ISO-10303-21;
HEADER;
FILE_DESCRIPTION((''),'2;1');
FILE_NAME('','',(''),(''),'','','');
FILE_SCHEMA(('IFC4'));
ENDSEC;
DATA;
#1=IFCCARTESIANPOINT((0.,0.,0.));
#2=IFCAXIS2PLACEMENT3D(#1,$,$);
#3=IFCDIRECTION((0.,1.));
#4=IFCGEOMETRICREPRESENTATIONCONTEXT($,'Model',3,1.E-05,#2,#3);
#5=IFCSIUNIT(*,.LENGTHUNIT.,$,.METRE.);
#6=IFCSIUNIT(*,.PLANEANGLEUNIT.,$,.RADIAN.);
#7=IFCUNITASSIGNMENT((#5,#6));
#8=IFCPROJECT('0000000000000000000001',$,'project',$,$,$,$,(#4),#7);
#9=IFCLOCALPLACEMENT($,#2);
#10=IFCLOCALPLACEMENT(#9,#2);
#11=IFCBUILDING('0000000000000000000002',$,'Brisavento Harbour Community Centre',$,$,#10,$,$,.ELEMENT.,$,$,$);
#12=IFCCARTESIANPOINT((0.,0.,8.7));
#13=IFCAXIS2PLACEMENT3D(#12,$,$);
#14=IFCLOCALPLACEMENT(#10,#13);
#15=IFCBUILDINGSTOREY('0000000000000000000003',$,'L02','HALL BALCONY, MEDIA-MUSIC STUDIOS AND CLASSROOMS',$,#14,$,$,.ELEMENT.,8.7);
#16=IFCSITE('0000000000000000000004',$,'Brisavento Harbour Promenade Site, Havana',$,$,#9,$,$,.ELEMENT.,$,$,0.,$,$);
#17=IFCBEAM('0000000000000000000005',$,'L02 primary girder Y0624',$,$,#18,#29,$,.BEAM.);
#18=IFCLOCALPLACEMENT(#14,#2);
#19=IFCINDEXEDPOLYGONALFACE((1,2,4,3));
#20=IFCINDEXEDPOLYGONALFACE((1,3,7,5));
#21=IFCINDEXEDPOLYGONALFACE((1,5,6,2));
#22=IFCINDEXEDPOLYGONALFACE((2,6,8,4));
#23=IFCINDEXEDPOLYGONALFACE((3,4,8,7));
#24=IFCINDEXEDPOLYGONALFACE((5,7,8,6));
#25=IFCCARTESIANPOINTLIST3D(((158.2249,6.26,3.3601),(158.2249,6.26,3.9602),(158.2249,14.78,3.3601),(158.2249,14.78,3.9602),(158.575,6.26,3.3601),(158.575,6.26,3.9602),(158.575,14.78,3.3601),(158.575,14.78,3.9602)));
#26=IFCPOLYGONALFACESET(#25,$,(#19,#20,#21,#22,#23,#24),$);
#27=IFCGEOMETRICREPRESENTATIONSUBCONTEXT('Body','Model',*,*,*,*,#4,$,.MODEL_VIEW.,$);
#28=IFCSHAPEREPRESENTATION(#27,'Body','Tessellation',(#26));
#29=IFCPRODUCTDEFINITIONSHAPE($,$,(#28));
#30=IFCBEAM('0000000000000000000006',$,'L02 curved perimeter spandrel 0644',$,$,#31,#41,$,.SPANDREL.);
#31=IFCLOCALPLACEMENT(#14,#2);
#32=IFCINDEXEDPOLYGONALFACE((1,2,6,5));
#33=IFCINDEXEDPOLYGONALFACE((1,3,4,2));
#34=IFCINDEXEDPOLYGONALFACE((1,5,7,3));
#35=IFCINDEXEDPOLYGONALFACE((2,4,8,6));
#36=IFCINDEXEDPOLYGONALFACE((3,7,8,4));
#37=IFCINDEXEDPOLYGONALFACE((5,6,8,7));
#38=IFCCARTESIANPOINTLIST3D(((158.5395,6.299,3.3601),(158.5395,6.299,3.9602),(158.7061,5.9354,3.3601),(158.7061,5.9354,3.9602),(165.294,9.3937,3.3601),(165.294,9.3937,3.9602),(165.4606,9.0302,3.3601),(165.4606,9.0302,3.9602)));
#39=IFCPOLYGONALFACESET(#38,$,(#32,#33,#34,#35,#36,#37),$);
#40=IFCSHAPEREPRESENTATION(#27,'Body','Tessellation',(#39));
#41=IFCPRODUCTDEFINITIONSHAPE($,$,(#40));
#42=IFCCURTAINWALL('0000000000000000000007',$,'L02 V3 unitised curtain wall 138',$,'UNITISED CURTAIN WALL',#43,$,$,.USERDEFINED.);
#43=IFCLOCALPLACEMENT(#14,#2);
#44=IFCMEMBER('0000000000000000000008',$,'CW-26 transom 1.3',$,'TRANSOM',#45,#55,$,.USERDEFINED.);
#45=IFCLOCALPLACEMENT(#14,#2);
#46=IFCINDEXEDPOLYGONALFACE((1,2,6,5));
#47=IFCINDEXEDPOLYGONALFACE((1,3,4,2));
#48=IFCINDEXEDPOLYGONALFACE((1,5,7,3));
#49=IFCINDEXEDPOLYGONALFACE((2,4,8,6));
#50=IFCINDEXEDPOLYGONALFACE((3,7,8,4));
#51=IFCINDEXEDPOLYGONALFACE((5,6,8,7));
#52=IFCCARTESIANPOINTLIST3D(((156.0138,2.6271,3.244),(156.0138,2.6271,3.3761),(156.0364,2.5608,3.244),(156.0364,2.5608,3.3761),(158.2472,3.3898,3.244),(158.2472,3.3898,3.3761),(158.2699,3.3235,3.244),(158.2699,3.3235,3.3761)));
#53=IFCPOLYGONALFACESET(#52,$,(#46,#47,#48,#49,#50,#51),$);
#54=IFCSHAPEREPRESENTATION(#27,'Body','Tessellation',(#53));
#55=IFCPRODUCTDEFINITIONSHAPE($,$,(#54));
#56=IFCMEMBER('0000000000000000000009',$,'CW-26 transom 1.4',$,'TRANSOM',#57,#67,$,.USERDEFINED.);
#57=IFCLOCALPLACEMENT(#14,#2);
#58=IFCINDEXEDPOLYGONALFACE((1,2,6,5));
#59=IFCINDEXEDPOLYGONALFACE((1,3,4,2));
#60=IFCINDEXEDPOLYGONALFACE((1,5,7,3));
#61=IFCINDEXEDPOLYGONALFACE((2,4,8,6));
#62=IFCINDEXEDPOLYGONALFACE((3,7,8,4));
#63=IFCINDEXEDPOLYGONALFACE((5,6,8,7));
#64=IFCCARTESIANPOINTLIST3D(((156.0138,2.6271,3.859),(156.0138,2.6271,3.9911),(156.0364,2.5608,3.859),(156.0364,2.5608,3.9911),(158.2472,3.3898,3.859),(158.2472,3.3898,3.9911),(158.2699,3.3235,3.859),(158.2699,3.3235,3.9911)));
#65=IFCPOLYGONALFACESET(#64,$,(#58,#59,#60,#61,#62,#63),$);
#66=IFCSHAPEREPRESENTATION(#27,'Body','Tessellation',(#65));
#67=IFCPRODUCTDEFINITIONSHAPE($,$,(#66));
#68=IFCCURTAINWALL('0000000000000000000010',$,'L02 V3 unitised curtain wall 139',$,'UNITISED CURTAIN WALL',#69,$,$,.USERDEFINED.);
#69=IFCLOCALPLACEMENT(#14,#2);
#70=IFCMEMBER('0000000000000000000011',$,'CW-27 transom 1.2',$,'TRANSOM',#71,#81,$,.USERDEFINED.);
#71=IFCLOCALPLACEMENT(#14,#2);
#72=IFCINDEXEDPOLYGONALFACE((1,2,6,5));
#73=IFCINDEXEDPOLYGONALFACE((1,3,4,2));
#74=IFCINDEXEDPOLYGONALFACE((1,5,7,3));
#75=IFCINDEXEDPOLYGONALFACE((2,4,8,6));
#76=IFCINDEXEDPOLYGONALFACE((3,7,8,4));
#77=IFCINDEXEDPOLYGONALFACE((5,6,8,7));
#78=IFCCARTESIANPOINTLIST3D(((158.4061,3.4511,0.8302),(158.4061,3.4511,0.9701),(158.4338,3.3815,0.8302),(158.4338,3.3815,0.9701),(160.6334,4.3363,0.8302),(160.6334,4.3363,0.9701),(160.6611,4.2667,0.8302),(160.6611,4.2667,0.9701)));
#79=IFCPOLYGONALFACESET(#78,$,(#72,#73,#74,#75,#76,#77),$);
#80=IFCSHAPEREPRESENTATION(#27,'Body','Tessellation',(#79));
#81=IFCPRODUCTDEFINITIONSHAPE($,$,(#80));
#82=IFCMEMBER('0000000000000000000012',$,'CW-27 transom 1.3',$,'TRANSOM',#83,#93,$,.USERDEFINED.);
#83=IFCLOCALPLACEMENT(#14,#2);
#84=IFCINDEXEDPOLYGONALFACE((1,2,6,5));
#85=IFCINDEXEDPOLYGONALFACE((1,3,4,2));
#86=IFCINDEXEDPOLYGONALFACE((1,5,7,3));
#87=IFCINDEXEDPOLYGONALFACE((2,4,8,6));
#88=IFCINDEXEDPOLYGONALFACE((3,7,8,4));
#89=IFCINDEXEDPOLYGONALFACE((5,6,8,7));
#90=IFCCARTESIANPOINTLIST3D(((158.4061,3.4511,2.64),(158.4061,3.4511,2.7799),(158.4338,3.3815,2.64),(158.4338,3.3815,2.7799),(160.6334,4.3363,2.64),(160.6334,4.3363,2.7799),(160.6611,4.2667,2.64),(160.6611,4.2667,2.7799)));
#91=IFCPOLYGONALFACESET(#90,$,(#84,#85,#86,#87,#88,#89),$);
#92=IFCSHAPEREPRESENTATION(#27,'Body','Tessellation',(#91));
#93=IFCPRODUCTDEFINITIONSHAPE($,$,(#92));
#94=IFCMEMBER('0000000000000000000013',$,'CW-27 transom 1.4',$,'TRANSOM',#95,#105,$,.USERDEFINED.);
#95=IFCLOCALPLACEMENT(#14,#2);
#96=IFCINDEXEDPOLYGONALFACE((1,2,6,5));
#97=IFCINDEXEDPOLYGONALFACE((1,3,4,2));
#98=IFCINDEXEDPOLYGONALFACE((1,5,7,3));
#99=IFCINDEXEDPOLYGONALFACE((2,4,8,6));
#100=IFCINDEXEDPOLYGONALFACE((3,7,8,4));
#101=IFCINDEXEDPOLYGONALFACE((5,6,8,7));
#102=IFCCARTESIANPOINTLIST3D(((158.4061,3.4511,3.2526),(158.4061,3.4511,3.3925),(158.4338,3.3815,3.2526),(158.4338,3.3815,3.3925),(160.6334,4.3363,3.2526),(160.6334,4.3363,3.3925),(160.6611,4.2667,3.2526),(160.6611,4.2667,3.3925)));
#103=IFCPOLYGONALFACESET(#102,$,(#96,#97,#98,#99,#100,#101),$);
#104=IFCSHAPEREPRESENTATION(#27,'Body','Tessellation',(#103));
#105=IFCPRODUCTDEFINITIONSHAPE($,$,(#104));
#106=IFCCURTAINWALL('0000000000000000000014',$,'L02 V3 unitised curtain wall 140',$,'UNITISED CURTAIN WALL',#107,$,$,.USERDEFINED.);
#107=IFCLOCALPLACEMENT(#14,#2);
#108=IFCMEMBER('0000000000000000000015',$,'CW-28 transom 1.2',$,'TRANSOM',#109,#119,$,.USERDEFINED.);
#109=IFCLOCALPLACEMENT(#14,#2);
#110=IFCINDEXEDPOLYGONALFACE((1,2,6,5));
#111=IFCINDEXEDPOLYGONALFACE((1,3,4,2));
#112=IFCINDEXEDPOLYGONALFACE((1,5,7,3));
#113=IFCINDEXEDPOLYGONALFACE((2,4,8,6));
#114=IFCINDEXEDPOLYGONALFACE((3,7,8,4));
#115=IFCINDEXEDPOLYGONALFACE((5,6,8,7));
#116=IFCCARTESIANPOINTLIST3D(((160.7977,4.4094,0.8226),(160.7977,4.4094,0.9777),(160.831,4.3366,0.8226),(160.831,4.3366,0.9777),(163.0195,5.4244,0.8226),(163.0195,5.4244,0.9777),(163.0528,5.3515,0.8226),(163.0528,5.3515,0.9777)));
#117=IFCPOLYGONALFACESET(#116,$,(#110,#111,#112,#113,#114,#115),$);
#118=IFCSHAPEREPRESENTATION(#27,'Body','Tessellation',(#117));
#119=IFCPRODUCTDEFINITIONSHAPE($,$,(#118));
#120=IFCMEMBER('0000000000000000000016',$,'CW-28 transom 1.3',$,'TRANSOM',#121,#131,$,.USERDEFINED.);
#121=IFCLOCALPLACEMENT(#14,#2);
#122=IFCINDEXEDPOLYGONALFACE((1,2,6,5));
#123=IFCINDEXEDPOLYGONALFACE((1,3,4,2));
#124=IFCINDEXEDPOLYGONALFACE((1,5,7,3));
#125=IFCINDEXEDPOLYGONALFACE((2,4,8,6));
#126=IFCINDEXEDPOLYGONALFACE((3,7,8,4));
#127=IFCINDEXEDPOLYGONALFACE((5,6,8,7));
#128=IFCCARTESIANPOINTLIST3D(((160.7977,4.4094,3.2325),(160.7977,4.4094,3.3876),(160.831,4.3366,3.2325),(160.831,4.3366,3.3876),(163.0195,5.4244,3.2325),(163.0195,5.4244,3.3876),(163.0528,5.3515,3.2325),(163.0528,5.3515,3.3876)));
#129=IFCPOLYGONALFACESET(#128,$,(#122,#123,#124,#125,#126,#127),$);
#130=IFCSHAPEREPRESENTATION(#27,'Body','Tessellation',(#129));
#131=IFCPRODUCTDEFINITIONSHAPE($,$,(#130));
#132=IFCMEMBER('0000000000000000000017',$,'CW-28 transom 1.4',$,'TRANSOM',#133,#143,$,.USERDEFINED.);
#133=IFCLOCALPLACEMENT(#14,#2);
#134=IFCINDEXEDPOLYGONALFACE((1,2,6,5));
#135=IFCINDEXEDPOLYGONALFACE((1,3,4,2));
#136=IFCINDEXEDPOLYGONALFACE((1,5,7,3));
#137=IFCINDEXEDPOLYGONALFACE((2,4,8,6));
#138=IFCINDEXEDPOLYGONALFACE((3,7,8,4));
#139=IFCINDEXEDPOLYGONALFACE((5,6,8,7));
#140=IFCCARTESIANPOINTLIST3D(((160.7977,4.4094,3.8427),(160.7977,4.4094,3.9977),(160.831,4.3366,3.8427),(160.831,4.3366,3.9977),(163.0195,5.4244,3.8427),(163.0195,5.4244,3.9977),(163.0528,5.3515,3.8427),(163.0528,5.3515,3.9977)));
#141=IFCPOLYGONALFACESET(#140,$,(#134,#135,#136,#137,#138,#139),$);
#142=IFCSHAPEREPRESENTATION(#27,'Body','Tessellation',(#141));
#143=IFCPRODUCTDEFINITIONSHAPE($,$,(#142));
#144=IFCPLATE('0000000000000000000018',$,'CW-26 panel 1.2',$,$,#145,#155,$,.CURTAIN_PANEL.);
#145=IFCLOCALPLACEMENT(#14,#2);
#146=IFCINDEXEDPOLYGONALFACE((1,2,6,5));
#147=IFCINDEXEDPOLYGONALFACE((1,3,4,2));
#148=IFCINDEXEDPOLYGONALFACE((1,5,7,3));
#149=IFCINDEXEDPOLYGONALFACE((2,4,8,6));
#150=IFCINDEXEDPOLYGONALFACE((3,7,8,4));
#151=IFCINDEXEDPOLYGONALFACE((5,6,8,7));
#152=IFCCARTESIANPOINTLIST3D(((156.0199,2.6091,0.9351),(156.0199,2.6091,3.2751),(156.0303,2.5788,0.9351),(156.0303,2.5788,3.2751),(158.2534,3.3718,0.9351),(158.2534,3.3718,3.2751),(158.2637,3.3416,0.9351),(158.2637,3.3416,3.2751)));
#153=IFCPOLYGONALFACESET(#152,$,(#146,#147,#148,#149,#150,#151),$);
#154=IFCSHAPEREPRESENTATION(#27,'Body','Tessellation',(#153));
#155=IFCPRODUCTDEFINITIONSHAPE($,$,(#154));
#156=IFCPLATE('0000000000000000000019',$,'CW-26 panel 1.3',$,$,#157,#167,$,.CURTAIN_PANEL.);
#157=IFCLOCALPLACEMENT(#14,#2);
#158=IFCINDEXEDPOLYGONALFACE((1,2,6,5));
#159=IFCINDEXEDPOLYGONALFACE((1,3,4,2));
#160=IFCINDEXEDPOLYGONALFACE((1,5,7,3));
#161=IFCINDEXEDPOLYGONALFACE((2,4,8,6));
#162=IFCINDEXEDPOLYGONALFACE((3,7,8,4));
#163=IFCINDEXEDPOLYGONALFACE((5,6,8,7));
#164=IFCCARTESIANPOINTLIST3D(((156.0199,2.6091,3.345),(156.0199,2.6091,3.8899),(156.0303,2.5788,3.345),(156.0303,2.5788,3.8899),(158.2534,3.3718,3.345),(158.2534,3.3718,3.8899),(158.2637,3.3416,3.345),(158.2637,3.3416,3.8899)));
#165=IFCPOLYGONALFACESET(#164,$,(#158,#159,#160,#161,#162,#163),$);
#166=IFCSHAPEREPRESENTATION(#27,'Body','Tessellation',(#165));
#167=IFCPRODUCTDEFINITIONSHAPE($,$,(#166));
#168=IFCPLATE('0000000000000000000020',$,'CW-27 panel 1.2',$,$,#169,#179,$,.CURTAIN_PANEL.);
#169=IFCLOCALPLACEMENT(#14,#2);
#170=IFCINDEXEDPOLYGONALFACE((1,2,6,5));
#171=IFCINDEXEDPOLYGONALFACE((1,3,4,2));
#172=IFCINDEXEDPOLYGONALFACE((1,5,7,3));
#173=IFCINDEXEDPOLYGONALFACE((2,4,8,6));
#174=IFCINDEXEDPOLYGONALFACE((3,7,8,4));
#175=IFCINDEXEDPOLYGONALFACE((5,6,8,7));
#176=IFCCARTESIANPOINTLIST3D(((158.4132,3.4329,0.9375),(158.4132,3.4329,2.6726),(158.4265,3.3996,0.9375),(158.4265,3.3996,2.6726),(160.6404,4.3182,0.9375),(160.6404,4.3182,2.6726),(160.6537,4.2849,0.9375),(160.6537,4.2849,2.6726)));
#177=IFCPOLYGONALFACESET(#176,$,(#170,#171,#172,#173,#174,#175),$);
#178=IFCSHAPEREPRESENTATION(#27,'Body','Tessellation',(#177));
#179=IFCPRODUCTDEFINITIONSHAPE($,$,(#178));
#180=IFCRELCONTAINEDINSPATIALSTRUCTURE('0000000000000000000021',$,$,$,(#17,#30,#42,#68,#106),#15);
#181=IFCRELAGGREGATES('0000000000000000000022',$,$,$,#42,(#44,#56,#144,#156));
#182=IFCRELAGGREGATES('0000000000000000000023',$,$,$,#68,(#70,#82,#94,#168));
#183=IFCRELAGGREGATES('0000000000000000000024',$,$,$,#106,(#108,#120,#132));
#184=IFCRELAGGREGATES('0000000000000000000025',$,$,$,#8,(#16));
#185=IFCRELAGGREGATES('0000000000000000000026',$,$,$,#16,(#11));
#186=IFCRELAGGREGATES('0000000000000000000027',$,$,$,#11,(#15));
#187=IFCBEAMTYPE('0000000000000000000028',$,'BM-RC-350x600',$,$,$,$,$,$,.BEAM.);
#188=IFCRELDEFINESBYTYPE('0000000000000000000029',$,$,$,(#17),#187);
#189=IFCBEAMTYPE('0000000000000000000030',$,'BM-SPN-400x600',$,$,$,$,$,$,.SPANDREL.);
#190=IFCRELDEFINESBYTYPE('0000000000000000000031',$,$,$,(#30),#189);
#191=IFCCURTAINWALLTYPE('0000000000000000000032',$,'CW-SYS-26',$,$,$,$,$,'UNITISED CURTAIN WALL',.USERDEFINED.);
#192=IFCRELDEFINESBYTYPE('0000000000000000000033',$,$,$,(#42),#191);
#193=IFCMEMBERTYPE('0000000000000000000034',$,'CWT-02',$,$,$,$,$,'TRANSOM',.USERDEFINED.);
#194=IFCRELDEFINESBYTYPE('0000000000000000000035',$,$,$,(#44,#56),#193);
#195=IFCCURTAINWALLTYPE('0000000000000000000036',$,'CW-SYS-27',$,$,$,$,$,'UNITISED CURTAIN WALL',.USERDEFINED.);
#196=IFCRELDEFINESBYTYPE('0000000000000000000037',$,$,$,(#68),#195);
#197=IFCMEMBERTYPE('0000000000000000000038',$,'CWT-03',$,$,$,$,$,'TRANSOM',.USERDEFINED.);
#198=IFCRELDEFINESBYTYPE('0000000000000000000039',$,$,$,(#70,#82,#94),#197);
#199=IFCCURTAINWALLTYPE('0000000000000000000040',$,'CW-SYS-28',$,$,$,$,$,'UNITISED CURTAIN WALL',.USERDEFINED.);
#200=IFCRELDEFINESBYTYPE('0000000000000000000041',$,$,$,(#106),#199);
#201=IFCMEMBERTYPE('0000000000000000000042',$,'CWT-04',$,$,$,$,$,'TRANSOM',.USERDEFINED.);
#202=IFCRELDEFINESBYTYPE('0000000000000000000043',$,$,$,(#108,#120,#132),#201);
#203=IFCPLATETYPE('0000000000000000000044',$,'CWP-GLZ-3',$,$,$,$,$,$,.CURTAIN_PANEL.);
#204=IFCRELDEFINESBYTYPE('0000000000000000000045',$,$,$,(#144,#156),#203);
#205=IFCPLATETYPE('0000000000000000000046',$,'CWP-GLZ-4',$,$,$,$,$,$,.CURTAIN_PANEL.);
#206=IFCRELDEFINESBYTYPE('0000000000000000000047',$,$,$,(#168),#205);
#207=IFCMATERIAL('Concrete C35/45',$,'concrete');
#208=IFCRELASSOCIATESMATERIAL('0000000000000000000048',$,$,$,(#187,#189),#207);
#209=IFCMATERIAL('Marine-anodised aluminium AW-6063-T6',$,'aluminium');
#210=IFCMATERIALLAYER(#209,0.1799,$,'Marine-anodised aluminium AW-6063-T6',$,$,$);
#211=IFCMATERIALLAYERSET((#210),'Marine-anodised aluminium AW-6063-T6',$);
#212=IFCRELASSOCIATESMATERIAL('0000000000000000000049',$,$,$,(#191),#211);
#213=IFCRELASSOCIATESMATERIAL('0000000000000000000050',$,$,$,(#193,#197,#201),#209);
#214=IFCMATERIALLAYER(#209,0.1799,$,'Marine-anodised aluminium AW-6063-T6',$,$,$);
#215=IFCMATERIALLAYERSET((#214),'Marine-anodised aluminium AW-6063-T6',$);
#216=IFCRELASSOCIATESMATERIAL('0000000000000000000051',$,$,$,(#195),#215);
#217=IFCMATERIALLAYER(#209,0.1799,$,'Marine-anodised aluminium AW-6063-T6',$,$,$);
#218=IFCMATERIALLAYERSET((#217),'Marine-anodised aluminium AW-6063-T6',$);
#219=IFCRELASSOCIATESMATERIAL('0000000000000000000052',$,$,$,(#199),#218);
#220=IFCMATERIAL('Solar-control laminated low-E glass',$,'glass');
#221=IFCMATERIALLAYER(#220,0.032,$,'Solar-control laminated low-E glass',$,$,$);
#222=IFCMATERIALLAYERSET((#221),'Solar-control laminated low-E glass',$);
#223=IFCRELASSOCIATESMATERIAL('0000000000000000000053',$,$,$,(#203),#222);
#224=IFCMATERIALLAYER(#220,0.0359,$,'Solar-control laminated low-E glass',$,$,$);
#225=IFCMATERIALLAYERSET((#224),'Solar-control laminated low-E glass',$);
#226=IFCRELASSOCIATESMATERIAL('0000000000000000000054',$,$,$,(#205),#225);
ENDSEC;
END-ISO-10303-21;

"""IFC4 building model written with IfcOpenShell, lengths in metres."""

from ifc_helpers import new_model, si_unit, direction, frame, origin, origin_2d, place, context, subcontext, project, spatial, rectangle, extrude, material, layer, layer_set, material_profile, profile_set, type_object, element, aggregate, save


model = new_model("IFC4")

# Units and contexts
model_context = context("Model", 3, precision=1e-05, world=origin(), true_north=direction((0.0, 1.0)))
body_context = subcontext(model_context, "Body", "Model", "MODEL_VIEW")
ifc_project = project(units=[si_unit("LENGTHUNIT", "METRE"), si_unit("PLANEANGLEUNIT", "RADIAN")], contexts=[model_context])

# Site, building, storey
site_placement = place(None, origin())
site = spatial("IfcSite", under=ifc_project, at=site_placement, Name="Brisavento Harbour Promenade Site, Havana", CompositionType="ELEMENT", RefElevation=0.0)
building_placement = place(site_placement, origin())
building = spatial("IfcBuilding", under=site, at=building_placement, Name="Brisavento Harbour Community Centre", CompositionType="ELEMENT")
storey_placement = place(building_placement, frame((0.0, 0.0, 8.7)))
storey = spatial("IfcBuildingStorey", under=building, at=storey_placement, Name="L02", Description="HALL BALCONY, MEDIA-MUSIC STUDIOS AND CLASSROOMS", CompositionType="ELEMENT", Elevation=8.7)

# Beams
ifc_material_1 = material(Name="Concrete C35/45", Category="concrete")
ifc_material_profile_1 = material_profile(ifc_material_1, rectangle(XDim=0.3501, YDim=0.6001, at=origin_2d()), Name="Concrete C35/45")
ifc_profile_set_1 = profile_set([ifc_material_profile_1], Name="Concrete C35/45")
beam_type_1 = type_object("IfcBeamType", Name="BM-RC-350x600", PredefinedType="BEAM", material=ifc_profile_set_1)
beam_1_placement = place(storey_placement, frame((158.3999, 6.26, 3.6602), z_axis=(0.0, 1.0, 0.0), x_axis=(-1.0, 0.0, 0.0)))
element("IfcBeam", 1, at=beam_1_placement, inside=storey, type_object=beam_type_1, Name="L02 primary girder Y0624", PredefinedType="BEAM", context=body_context, shape_type="SweptSolid", body=[
    extrude(rectangle(XDim=0.3501, YDim=0.6001, at=origin_2d()), origin(), (0.0, 0.0, 1.0), 8.52),
])
ifc_material_profile_2 = material_profile(ifc_material_1, rectangle(XDim=0.3999, YDim=0.6001, at=origin_2d()), Name="Concrete C35/45")
ifc_profile_set_2 = profile_set([ifc_material_profile_2], Name="Concrete C35/45")
beam_type_2 = type_object("IfcBeamType", Name="BM-SPN-400x600", PredefinedType="SPANDREL", material=ifc_profile_set_2)
beam_2_placement = place(storey_placement, frame((158.6228, 6.1172, 3.6602), z_axis=(0.909118, 0.416539, 0.0), x_axis=(-0.416539, 0.909118, 0.0)))
element("IfcBeam", 2, at=beam_2_placement, inside=storey, type_object=beam_type_2, Name="L02 curved perimeter spandrel 0644", PredefinedType="SPANDREL", context=body_context, shape_type="SweptSolid", body=[
    extrude(rectangle(XDim=0.3999, YDim=0.6001, at=origin_2d()), origin(), (0.0, 0.0, 1.0), 7.4297),
])

# Curtain walls, members
ifc_material_2 = material(Name="Marine-anodised aluminium AW-6063-T6", Category="aluminium")
ifc_layer_1 = layer(ifc_material_2, 0.1799, Name="Marine-anodised aluminium AW-6063-T6")
ifc_layer_set_1 = layer_set([ifc_layer_1], Name="Marine-anodised aluminium AW-6063-T6")
curtain_wall_type_1 = type_object("IfcCurtainWallType", Name="CW-SYS-26", ElementType="UNITISED CURTAIN WALL", PredefinedType="USERDEFINED", material=ifc_layer_set_1)
curtain_wall_1_placement = place(storey_placement, origin())
curtain_wall_1 = element("IfcCurtainWall", 3, at=curtain_wall_1_placement, inside=storey, type_object=curtain_wall_type_1, Name="L02 V3 unitised curtain wall 138", ObjectType="UNITISED CURTAIN WALL", PredefinedType="USERDEFINED")
ifc_material_profile_3 = material_profile(ifc_material_2, rectangle(XDim=0.0701, YDim=0.1321, at=origin_2d()), Name="Marine-anodised aluminium AW-6063-T6")
ifc_profile_set_3 = profile_set([ifc_material_profile_3], Name="Marine-anodised aluminium AW-6063-T6")
member_type_1 = type_object("IfcMemberType", Name="CWT-02", ElementType="TRANSOM", PredefinedType="USERDEFINED", material=ifc_profile_set_3)
member_1_placement = place(storey_placement, frame((158.2585, 3.3567, 3.3101), z_axis=(-0.946341, -0.323171, 0.0), x_axis=(0.323171, -0.946341, 0.0)))
member_1 = element("IfcMember", 4, at=member_1_placement, type_object=member_type_1, Name="CW-26 transom 1.3", ObjectType="TRANSOM", PredefinedType="USERDEFINED", context=body_context, shape_type="SweptSolid", body=[
    extrude(rectangle(XDim=0.0701, YDim=0.1321, at=origin_2d()), origin(), (0.0, 0.0, 1.0), 2.3601),
])
member_2_placement = place(storey_placement, frame((158.2585, 3.3567, 3.925), z_axis=(-0.946341, -0.323171, 0.0), x_axis=(0.323171, -0.946341, 0.0)))
member_2 = element("IfcMember", 5, at=member_2_placement, type_object=member_type_1, Name="CW-26 transom 1.4", ObjectType="TRANSOM", PredefinedType="USERDEFINED", context=body_context, shape_type="SweptSolid", body=[
    extrude(rectangle(XDim=0.0701, YDim=0.1321, at=origin_2d()), origin(), (0.0, 0.0, 1.0), 2.3601),
])
ifc_layer_2 = layer(ifc_material_2, 0.1799, Name="Marine-anodised aluminium AW-6063-T6")
ifc_layer_set_2 = layer_set([ifc_layer_2], Name="Marine-anodised aluminium AW-6063-T6")
curtain_wall_type_2 = type_object("IfcCurtainWallType", Name="CW-SYS-27", ElementType="UNITISED CURTAIN WALL", PredefinedType="USERDEFINED", material=ifc_layer_set_2)
curtain_wall_2_placement = place(storey_placement, origin())
curtain_wall_2 = element("IfcCurtainWall", 6, at=curtain_wall_2_placement, inside=storey, type_object=curtain_wall_type_2, Name="L02 V3 unitised curtain wall 139", ObjectType="UNITISED CURTAIN WALL", PredefinedType="USERDEFINED")
ifc_material_profile_4 = material_profile(ifc_material_2, rectangle(XDim=0.075, YDim=0.1399, at=origin_2d()), Name="Marine-anodised aluminium AW-6063-T6")
ifc_profile_set_4 = profile_set([ifc_material_profile_4], Name="Marine-anodised aluminium AW-6063-T6")
member_type_2 = type_object("IfcMemberType", Name="CWT-03", ElementType="TRANSOM", PredefinedType="USERDEFINED", material=ifc_profile_set_4)
member_3_placement = place(storey_placement, frame((160.6472, 4.3015, 0.9001), z_axis=(-0.929289, -0.369353, 0.0), x_axis=(0.369353, -0.929289, 0.0)))
member_3 = element("IfcMember", 7, at=member_3_placement, type_object=member_type_2, Name="CW-27 transom 1.2", ObjectType="TRANSOM", PredefinedType="USERDEFINED", context=body_context, shape_type="SweptSolid", body=[
    extrude(rectangle(XDim=0.075, YDim=0.1399, at=origin_2d()), origin(), (0.0, 0.0, 1.0), 2.3967),
])
member_4_placement = place(storey_placement, frame((160.6472, 4.3015, 2.71), z_axis=(-0.929289, -0.369353, 0.0), x_axis=(0.369353, -0.929289, 0.0)))
member_4 = element("IfcMember", 8, at=member_4_placement, type_object=member_type_2, Name="CW-27 transom 1.3", ObjectType="TRANSOM", PredefinedType="USERDEFINED", context=body_context, shape_type="SweptSolid", body=[
    extrude(rectangle(XDim=0.075, YDim=0.1399, at=origin_2d()), origin(), (0.0, 0.0, 1.0), 2.3967),
])
member_5_placement = place(storey_placement, frame((160.6472, 4.3015, 3.3225), z_axis=(-0.929289, -0.369353, 0.0), x_axis=(0.369353, -0.929289, 0.0)))
member_5 = element("IfcMember", 9, at=member_5_placement, type_object=member_type_2, Name="CW-27 transom 1.4", ObjectType="TRANSOM", PredefinedType="USERDEFINED", context=body_context, shape_type="SweptSolid", body=[
    extrude(rectangle(XDim=0.075, YDim=0.1399, at=origin_2d()), origin(), (0.0, 0.0, 1.0), 2.3967),
])
ifc_layer_3 = layer(ifc_material_2, 0.1799, Name="Marine-anodised aluminium AW-6063-T6")
ifc_layer_set_3 = layer_set([ifc_layer_3], Name="Marine-anodised aluminium AW-6063-T6")
curtain_wall_type_3 = type_object("IfcCurtainWallType", Name="CW-SYS-28", ElementType="UNITISED CURTAIN WALL", PredefinedType="USERDEFINED", material=ifc_layer_set_3)
curtain_wall_3_placement = place(storey_placement, origin())
curtain_wall_3 = element("IfcCurtainWall", 10, at=curtain_wall_3_placement, inside=storey, type_object=curtain_wall_type_3, Name="L02 V3 unitised curtain wall 140", ObjectType="UNITISED CURTAIN WALL", PredefinedType="USERDEFINED")
ifc_material_profile_5 = material_profile(ifc_material_2, rectangle(XDim=0.0801, YDim=0.155, at=origin_2d()), Name="Marine-anodised aluminium AW-6063-T6")
ifc_profile_set_5 = profile_set([ifc_material_profile_5], Name="Marine-anodised aluminium AW-6063-T6")
member_type_3 = type_object("IfcMemberType", Name="CWT-04", ElementType="TRANSOM", PredefinedType="USERDEFINED", material=ifc_profile_set_5)
member_6_placement = place(storey_placement, frame((163.0361, 5.3879, 0.9001), z_axis=(-0.909588, -0.415512, 0.0), x_axis=(0.415512, -0.909588, 0.0)))
member_6 = element("IfcMember", 11, at=member_6_placement, type_object=member_type_3, Name="CW-28 transom 1.2", ObjectType="TRANSOM", PredefinedType="USERDEFINED", context=body_context, shape_type="SweptSolid", body=[
    extrude(rectangle(XDim=0.0801, YDim=0.155, at=origin_2d()), origin(), (0.0, 0.0, 1.0), 2.4426),
])
member_7_placement = place(storey_placement, frame((163.0361, 5.3879, 3.3101), z_axis=(-0.909588, -0.415512, 0.0), x_axis=(0.415512, -0.909588, 0.0)))
member_7 = element("IfcMember", 12, at=member_7_placement, type_object=member_type_3, Name="CW-28 transom 1.3", ObjectType="TRANSOM", PredefinedType="USERDEFINED", context=body_context, shape_type="SweptSolid", body=[
    extrude(rectangle(XDim=0.0801, YDim=0.155, at=origin_2d()), origin(), (0.0, 0.0, 1.0), 2.4426),
])
member_8_placement = place(storey_placement, frame((163.0361, 5.3879, 3.9202), z_axis=(-0.909588, -0.415512, 0.0), x_axis=(0.415512, -0.909588, 0.0)))
member_8 = element("IfcMember", 13, at=member_8_placement, type_object=member_type_3, Name="CW-28 transom 1.4", ObjectType="TRANSOM", PredefinedType="USERDEFINED", context=body_context, shape_type="SweptSolid", body=[
    extrude(rectangle(XDim=0.0801, YDim=0.155, at=origin_2d()), origin(), (0.0, 0.0, 1.0), 2.4426),
])

# Plates
ifc_material_3 = material(Name="Solar-control laminated low-E glass", Category="glass")
ifc_layer_4 = layer(ifc_material_3, 0.032, Name="Solar-control laminated low-E glass")
ifc_layer_set_4 = layer_set([ifc_layer_4], Name="Solar-control laminated low-E glass")
plate_type_1 = type_object("IfcPlateType", Name="CWP-GLZ-3", PredefinedType="CURTAIN_PANEL", material=ifc_layer_set_4)
plate_1_placement = place(storey_placement, frame((157.1418, 2.9753, 0.9351), z_axis=(0.0, 0.0, 1.0), x_axis=(-0.946338, -0.323179, 0.0)))
plate_1 = element("IfcPlate", 14, at=plate_1_placement, type_object=plate_type_1, Name="CW-26 panel 1.2", PredefinedType="CURTAIN_PANEL", context=body_context, shape_type="SweptSolid", body=[
    extrude(rectangle(XDim=2.3601, YDim=0.032, at=origin_2d()), origin(), (0.0, 0.0, 1.0), 2.3401),
])
plate_2_placement = place(storey_placement, frame((157.1418, 2.9753, 3.345), z_axis=(0.0, 0.0, 1.0), x_axis=(-0.946338, -0.323179, 0.0)))
plate_2 = element("IfcPlate", 15, at=plate_2_placement, type_object=plate_type_1, Name="CW-26 panel 1.3", PredefinedType="CURTAIN_PANEL", context=body_context, shape_type="SweptSolid", body=[
    extrude(rectangle(XDim=2.3601, YDim=0.032, at=origin_2d()), origin(), (0.0, 0.0, 1.0), 0.5449),
])
aggregate(curtain_wall_1, [member_1, member_2, plate_1, plate_2])
ifc_layer_5 = layer(ifc_material_3, 0.0359, Name="Solar-control laminated low-E glass")
ifc_layer_set_5 = layer_set([ifc_layer_5], Name="Solar-control laminated low-E glass")
plate_type_2 = type_object("IfcPlateType", Name="CWP-GLZ-4", PredefinedType="CURTAIN_PANEL", material=ifc_layer_set_5)
plate_3_placement = place(storey_placement, frame((159.5334, 3.8589, 0.9375), z_axis=(0.0, 0.0, 1.0), x_axis=(-0.929279, -0.369379, 0.0)))
plate_3 = element("IfcPlate", 16, at=plate_3_placement, type_object=plate_type_2, Name="CW-27 panel 1.2", PredefinedType="CURTAIN_PANEL", context=body_context, shape_type="SweptSolid", body=[
    extrude(rectangle(XDim=2.3967, YDim=0.0359, at=origin_2d()), origin(), (0.0, 0.0, 1.0), 1.7351),
])
aggregate(curtain_wall_2, [member_3, member_4, member_5, plate_3])
aggregate(curtain_wall_3, [member_6, member_7, member_8])

save(model, "model.ifc")
